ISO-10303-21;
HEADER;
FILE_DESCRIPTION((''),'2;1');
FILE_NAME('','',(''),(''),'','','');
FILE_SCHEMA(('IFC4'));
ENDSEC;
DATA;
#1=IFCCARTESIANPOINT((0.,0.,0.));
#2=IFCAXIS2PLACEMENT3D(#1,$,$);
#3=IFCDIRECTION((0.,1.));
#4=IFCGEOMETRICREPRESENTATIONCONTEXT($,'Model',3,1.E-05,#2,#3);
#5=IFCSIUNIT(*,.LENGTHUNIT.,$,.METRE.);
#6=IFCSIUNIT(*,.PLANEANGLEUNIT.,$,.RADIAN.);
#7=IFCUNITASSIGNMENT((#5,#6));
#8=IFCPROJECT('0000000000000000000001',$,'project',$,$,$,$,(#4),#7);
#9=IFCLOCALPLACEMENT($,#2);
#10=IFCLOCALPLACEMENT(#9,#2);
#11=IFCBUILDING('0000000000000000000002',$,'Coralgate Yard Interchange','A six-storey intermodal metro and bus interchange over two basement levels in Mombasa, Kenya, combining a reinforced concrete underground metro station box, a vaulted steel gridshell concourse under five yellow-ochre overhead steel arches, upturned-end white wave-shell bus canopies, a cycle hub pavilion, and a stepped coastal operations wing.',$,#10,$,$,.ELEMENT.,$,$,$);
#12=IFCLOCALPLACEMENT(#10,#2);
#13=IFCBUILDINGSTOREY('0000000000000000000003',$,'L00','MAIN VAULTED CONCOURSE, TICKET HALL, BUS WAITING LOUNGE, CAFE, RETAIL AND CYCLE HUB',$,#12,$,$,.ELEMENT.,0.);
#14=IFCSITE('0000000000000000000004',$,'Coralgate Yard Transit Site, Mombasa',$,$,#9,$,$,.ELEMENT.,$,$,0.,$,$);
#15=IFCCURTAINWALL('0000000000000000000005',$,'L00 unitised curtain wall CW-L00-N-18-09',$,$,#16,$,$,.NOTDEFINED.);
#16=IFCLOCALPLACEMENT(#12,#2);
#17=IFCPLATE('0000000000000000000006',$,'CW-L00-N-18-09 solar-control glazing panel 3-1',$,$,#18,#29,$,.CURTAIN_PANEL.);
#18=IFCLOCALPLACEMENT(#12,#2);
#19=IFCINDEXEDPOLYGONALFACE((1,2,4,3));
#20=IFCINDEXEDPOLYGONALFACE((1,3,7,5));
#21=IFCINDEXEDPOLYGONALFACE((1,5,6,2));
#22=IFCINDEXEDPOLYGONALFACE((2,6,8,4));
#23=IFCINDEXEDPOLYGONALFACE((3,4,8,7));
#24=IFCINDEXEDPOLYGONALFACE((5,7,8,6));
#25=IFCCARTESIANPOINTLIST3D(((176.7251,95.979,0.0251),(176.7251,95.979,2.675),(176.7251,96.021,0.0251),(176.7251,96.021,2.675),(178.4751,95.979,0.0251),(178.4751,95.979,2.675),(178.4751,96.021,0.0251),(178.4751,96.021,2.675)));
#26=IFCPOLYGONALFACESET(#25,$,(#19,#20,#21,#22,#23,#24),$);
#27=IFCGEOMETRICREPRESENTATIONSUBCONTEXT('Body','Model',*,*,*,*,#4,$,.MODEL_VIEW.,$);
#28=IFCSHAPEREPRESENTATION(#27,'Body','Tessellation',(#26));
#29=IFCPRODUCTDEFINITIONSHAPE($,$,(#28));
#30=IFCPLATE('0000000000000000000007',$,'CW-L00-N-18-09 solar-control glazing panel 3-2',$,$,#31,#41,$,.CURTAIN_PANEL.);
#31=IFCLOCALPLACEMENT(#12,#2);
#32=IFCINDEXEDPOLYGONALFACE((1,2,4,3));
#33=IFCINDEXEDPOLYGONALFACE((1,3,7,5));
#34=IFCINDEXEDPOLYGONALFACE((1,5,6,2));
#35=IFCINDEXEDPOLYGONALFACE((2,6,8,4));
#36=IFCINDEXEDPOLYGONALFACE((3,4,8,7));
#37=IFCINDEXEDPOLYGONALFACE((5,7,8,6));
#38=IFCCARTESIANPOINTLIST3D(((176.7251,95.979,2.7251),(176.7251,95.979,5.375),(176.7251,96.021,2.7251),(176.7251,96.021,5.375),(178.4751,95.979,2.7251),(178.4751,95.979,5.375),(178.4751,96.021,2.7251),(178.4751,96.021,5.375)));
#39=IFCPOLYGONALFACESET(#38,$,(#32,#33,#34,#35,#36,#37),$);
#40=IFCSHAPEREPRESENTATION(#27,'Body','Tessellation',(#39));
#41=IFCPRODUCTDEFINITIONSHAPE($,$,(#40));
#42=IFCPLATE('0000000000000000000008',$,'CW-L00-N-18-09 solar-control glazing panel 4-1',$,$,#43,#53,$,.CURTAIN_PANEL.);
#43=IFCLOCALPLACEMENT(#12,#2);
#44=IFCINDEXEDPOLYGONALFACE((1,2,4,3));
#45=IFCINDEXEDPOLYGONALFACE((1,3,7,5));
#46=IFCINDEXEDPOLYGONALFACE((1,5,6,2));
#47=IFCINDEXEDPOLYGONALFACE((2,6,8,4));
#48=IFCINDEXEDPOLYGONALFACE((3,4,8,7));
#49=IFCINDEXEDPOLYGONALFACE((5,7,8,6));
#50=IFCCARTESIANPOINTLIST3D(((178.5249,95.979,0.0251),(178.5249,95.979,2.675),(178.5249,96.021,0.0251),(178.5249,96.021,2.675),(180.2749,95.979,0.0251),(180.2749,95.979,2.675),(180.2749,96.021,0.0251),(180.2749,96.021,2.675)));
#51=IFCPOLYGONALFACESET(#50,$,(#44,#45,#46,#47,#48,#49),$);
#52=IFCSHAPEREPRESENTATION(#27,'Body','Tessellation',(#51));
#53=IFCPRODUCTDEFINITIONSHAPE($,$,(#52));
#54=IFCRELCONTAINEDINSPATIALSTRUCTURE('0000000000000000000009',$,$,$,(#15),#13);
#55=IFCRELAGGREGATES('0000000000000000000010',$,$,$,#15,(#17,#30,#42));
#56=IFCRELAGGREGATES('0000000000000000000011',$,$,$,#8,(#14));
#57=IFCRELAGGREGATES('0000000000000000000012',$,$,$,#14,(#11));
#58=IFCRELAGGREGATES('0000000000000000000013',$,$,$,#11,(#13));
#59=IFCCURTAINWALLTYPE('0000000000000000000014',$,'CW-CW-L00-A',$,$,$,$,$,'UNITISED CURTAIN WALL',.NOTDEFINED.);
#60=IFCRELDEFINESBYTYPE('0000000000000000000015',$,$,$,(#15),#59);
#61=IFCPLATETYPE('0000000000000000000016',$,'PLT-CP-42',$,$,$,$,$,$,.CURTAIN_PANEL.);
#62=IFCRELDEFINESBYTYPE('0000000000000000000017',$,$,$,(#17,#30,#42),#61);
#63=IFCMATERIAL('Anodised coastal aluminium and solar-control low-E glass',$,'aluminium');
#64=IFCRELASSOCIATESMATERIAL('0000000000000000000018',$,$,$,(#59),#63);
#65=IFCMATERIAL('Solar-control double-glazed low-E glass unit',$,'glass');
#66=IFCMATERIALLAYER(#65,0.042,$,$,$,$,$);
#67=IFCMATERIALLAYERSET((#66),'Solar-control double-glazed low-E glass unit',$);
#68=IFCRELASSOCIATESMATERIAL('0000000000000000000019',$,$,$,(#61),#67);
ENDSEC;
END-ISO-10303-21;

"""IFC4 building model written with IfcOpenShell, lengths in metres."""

from ifc_helpers import new_model, si_unit, direction, frame, origin, origin_2d, place, context, subcontext, project, spatial, rectangle, extrude, material, layer, layer_set, type_object, element, aggregate, save


model = new_model("IFC4")

# Units and contexts
model_context = context("Model", 3, precision=1e-05, world=origin(), true_north=direction((0.0, 1.0)))
body_context = subcontext(model_context, "Body", "Model", "MODEL_VIEW")
ifc_project = project(units=[si_unit("LENGTHUNIT", "METRE"), si_unit("PLANEANGLEUNIT", "RADIAN")], contexts=[model_context])

# Site, building, storey
site_placement = place(None, origin())
site = spatial("IfcSite", under=ifc_project, at=site_placement, Name="Coralgate Yard Transit Site, Mombasa", CompositionType="ELEMENT", RefElevation=0.0)
building_placement = place(site_placement, origin())
building = spatial("IfcBuilding", under=site, at=building_placement, Name="Coralgate Yard Interchange", Description="A six-storey intermodal metro and bus interchange over two basement levels in Mombasa, Kenya, combining a reinforced concrete underground metro station box, a vaulted steel gridshell concourse under five yellow-ochre overhead steel arches, upturned-end white wave-shell bus canopies, a cycle hub pavilion, and a stepped coastal operations wing.", CompositionType="ELEMENT")
storey_placement = place(building_placement, origin())
storey = spatial("IfcBuildingStorey", under=building, at=storey_placement, Name="L00", Description="MAIN VAULTED CONCOURSE, TICKET HALL, BUS WAITING LOUNGE, CAFE, RETAIL AND CYCLE HUB", CompositionType="ELEMENT", Elevation=0.0)

# Curtain wall, plates
ifc_material_1 = material(Name="Anodised coastal aluminium and solar-control low-E glass", Category="aluminium")
curtain_wall_type = type_object("IfcCurtainWallType", Name="CW-CW-L00-A", ElementType="UNITISED CURTAIN WALL", PredefinedType="NOTDEFINED", material=ifc_material_1)
curtain_wall_placement = place(storey_placement, origin())
curtain_wall = element("IfcCurtainWall", 1, at=curtain_wall_placement, inside=storey, type_object=curtain_wall_type, Name="L00 unitised curtain wall CW-L00-N-18-09", PredefinedType="NOTDEFINED")
ifc_material_2 = material(Name="Solar-control double-glazed low-E glass unit", Category="glass")
ifc_layer = layer(ifc_material_2, 0.042)
ifc_layer_set = layer_set([ifc_layer], Name="Solar-control double-glazed low-E glass unit")
plate_type = type_object("IfcPlateType", Name="PLT-CP-42", PredefinedType="CURTAIN_PANEL", material=ifc_layer_set)
plate_1_placement = place(storey_placement, frame((177.6001, 96.0, 0.0251), z_axis=(0.0, 0.0, 1.0), x_axis=(1.0, 0.0, 0.0)))
plate_1 = element("IfcPlate", 2, at=plate_1_placement, type_object=plate_type, Name="CW-L00-N-18-09 solar-control glazing panel 3-1", PredefinedType="CURTAIN_PANEL", context=body_context, shape_type="SweptSolid", body=[
    extrude(rectangle(XDim=1.75, YDim=0.042, at=origin_2d()), origin(), (0.0, 0.0, 1.0), 2.6499),
])
plate_2_placement = place(storey_placement, frame((177.6001, 96.0, 2.7251), z_axis=(0.0, 0.0, 1.0), x_axis=(1.0, 0.0, 0.0)))
plate_2 = element("IfcPlate", 3, at=plate_2_placement, type_object=plate_type, Name="CW-L00-N-18-09 solar-control glazing panel 3-2", PredefinedType="CURTAIN_PANEL", context=body_context, shape_type="SweptSolid", body=[
    extrude(rectangle(XDim=1.75, YDim=0.042, at=origin_2d()), origin(), (0.0, 0.0, 1.0), 2.6499),
])
plate_3_placement = place(storey_placement, frame((179.3999, 96.0, 0.0251), z_axis=(0.0, 0.0, 1.0), x_axis=(1.0, 0.0, 0.0)))
plate_3 = element("IfcPlate", 4, at=plate_3_placement, type_object=plate_type, Name="CW-L00-N-18-09 solar-control glazing panel 4-1", PredefinedType="CURTAIN_PANEL", context=body_context, shape_type="SweptSolid", body=[
    extrude(rectangle(XDim=1.75, YDim=0.042, at=origin_2d()), origin(), (0.0, 0.0, 1.0), 2.6499),
])
aggregate(curtain_wall, [plate_1, plate_2, plate_3])

save(model, "model.ifc")
